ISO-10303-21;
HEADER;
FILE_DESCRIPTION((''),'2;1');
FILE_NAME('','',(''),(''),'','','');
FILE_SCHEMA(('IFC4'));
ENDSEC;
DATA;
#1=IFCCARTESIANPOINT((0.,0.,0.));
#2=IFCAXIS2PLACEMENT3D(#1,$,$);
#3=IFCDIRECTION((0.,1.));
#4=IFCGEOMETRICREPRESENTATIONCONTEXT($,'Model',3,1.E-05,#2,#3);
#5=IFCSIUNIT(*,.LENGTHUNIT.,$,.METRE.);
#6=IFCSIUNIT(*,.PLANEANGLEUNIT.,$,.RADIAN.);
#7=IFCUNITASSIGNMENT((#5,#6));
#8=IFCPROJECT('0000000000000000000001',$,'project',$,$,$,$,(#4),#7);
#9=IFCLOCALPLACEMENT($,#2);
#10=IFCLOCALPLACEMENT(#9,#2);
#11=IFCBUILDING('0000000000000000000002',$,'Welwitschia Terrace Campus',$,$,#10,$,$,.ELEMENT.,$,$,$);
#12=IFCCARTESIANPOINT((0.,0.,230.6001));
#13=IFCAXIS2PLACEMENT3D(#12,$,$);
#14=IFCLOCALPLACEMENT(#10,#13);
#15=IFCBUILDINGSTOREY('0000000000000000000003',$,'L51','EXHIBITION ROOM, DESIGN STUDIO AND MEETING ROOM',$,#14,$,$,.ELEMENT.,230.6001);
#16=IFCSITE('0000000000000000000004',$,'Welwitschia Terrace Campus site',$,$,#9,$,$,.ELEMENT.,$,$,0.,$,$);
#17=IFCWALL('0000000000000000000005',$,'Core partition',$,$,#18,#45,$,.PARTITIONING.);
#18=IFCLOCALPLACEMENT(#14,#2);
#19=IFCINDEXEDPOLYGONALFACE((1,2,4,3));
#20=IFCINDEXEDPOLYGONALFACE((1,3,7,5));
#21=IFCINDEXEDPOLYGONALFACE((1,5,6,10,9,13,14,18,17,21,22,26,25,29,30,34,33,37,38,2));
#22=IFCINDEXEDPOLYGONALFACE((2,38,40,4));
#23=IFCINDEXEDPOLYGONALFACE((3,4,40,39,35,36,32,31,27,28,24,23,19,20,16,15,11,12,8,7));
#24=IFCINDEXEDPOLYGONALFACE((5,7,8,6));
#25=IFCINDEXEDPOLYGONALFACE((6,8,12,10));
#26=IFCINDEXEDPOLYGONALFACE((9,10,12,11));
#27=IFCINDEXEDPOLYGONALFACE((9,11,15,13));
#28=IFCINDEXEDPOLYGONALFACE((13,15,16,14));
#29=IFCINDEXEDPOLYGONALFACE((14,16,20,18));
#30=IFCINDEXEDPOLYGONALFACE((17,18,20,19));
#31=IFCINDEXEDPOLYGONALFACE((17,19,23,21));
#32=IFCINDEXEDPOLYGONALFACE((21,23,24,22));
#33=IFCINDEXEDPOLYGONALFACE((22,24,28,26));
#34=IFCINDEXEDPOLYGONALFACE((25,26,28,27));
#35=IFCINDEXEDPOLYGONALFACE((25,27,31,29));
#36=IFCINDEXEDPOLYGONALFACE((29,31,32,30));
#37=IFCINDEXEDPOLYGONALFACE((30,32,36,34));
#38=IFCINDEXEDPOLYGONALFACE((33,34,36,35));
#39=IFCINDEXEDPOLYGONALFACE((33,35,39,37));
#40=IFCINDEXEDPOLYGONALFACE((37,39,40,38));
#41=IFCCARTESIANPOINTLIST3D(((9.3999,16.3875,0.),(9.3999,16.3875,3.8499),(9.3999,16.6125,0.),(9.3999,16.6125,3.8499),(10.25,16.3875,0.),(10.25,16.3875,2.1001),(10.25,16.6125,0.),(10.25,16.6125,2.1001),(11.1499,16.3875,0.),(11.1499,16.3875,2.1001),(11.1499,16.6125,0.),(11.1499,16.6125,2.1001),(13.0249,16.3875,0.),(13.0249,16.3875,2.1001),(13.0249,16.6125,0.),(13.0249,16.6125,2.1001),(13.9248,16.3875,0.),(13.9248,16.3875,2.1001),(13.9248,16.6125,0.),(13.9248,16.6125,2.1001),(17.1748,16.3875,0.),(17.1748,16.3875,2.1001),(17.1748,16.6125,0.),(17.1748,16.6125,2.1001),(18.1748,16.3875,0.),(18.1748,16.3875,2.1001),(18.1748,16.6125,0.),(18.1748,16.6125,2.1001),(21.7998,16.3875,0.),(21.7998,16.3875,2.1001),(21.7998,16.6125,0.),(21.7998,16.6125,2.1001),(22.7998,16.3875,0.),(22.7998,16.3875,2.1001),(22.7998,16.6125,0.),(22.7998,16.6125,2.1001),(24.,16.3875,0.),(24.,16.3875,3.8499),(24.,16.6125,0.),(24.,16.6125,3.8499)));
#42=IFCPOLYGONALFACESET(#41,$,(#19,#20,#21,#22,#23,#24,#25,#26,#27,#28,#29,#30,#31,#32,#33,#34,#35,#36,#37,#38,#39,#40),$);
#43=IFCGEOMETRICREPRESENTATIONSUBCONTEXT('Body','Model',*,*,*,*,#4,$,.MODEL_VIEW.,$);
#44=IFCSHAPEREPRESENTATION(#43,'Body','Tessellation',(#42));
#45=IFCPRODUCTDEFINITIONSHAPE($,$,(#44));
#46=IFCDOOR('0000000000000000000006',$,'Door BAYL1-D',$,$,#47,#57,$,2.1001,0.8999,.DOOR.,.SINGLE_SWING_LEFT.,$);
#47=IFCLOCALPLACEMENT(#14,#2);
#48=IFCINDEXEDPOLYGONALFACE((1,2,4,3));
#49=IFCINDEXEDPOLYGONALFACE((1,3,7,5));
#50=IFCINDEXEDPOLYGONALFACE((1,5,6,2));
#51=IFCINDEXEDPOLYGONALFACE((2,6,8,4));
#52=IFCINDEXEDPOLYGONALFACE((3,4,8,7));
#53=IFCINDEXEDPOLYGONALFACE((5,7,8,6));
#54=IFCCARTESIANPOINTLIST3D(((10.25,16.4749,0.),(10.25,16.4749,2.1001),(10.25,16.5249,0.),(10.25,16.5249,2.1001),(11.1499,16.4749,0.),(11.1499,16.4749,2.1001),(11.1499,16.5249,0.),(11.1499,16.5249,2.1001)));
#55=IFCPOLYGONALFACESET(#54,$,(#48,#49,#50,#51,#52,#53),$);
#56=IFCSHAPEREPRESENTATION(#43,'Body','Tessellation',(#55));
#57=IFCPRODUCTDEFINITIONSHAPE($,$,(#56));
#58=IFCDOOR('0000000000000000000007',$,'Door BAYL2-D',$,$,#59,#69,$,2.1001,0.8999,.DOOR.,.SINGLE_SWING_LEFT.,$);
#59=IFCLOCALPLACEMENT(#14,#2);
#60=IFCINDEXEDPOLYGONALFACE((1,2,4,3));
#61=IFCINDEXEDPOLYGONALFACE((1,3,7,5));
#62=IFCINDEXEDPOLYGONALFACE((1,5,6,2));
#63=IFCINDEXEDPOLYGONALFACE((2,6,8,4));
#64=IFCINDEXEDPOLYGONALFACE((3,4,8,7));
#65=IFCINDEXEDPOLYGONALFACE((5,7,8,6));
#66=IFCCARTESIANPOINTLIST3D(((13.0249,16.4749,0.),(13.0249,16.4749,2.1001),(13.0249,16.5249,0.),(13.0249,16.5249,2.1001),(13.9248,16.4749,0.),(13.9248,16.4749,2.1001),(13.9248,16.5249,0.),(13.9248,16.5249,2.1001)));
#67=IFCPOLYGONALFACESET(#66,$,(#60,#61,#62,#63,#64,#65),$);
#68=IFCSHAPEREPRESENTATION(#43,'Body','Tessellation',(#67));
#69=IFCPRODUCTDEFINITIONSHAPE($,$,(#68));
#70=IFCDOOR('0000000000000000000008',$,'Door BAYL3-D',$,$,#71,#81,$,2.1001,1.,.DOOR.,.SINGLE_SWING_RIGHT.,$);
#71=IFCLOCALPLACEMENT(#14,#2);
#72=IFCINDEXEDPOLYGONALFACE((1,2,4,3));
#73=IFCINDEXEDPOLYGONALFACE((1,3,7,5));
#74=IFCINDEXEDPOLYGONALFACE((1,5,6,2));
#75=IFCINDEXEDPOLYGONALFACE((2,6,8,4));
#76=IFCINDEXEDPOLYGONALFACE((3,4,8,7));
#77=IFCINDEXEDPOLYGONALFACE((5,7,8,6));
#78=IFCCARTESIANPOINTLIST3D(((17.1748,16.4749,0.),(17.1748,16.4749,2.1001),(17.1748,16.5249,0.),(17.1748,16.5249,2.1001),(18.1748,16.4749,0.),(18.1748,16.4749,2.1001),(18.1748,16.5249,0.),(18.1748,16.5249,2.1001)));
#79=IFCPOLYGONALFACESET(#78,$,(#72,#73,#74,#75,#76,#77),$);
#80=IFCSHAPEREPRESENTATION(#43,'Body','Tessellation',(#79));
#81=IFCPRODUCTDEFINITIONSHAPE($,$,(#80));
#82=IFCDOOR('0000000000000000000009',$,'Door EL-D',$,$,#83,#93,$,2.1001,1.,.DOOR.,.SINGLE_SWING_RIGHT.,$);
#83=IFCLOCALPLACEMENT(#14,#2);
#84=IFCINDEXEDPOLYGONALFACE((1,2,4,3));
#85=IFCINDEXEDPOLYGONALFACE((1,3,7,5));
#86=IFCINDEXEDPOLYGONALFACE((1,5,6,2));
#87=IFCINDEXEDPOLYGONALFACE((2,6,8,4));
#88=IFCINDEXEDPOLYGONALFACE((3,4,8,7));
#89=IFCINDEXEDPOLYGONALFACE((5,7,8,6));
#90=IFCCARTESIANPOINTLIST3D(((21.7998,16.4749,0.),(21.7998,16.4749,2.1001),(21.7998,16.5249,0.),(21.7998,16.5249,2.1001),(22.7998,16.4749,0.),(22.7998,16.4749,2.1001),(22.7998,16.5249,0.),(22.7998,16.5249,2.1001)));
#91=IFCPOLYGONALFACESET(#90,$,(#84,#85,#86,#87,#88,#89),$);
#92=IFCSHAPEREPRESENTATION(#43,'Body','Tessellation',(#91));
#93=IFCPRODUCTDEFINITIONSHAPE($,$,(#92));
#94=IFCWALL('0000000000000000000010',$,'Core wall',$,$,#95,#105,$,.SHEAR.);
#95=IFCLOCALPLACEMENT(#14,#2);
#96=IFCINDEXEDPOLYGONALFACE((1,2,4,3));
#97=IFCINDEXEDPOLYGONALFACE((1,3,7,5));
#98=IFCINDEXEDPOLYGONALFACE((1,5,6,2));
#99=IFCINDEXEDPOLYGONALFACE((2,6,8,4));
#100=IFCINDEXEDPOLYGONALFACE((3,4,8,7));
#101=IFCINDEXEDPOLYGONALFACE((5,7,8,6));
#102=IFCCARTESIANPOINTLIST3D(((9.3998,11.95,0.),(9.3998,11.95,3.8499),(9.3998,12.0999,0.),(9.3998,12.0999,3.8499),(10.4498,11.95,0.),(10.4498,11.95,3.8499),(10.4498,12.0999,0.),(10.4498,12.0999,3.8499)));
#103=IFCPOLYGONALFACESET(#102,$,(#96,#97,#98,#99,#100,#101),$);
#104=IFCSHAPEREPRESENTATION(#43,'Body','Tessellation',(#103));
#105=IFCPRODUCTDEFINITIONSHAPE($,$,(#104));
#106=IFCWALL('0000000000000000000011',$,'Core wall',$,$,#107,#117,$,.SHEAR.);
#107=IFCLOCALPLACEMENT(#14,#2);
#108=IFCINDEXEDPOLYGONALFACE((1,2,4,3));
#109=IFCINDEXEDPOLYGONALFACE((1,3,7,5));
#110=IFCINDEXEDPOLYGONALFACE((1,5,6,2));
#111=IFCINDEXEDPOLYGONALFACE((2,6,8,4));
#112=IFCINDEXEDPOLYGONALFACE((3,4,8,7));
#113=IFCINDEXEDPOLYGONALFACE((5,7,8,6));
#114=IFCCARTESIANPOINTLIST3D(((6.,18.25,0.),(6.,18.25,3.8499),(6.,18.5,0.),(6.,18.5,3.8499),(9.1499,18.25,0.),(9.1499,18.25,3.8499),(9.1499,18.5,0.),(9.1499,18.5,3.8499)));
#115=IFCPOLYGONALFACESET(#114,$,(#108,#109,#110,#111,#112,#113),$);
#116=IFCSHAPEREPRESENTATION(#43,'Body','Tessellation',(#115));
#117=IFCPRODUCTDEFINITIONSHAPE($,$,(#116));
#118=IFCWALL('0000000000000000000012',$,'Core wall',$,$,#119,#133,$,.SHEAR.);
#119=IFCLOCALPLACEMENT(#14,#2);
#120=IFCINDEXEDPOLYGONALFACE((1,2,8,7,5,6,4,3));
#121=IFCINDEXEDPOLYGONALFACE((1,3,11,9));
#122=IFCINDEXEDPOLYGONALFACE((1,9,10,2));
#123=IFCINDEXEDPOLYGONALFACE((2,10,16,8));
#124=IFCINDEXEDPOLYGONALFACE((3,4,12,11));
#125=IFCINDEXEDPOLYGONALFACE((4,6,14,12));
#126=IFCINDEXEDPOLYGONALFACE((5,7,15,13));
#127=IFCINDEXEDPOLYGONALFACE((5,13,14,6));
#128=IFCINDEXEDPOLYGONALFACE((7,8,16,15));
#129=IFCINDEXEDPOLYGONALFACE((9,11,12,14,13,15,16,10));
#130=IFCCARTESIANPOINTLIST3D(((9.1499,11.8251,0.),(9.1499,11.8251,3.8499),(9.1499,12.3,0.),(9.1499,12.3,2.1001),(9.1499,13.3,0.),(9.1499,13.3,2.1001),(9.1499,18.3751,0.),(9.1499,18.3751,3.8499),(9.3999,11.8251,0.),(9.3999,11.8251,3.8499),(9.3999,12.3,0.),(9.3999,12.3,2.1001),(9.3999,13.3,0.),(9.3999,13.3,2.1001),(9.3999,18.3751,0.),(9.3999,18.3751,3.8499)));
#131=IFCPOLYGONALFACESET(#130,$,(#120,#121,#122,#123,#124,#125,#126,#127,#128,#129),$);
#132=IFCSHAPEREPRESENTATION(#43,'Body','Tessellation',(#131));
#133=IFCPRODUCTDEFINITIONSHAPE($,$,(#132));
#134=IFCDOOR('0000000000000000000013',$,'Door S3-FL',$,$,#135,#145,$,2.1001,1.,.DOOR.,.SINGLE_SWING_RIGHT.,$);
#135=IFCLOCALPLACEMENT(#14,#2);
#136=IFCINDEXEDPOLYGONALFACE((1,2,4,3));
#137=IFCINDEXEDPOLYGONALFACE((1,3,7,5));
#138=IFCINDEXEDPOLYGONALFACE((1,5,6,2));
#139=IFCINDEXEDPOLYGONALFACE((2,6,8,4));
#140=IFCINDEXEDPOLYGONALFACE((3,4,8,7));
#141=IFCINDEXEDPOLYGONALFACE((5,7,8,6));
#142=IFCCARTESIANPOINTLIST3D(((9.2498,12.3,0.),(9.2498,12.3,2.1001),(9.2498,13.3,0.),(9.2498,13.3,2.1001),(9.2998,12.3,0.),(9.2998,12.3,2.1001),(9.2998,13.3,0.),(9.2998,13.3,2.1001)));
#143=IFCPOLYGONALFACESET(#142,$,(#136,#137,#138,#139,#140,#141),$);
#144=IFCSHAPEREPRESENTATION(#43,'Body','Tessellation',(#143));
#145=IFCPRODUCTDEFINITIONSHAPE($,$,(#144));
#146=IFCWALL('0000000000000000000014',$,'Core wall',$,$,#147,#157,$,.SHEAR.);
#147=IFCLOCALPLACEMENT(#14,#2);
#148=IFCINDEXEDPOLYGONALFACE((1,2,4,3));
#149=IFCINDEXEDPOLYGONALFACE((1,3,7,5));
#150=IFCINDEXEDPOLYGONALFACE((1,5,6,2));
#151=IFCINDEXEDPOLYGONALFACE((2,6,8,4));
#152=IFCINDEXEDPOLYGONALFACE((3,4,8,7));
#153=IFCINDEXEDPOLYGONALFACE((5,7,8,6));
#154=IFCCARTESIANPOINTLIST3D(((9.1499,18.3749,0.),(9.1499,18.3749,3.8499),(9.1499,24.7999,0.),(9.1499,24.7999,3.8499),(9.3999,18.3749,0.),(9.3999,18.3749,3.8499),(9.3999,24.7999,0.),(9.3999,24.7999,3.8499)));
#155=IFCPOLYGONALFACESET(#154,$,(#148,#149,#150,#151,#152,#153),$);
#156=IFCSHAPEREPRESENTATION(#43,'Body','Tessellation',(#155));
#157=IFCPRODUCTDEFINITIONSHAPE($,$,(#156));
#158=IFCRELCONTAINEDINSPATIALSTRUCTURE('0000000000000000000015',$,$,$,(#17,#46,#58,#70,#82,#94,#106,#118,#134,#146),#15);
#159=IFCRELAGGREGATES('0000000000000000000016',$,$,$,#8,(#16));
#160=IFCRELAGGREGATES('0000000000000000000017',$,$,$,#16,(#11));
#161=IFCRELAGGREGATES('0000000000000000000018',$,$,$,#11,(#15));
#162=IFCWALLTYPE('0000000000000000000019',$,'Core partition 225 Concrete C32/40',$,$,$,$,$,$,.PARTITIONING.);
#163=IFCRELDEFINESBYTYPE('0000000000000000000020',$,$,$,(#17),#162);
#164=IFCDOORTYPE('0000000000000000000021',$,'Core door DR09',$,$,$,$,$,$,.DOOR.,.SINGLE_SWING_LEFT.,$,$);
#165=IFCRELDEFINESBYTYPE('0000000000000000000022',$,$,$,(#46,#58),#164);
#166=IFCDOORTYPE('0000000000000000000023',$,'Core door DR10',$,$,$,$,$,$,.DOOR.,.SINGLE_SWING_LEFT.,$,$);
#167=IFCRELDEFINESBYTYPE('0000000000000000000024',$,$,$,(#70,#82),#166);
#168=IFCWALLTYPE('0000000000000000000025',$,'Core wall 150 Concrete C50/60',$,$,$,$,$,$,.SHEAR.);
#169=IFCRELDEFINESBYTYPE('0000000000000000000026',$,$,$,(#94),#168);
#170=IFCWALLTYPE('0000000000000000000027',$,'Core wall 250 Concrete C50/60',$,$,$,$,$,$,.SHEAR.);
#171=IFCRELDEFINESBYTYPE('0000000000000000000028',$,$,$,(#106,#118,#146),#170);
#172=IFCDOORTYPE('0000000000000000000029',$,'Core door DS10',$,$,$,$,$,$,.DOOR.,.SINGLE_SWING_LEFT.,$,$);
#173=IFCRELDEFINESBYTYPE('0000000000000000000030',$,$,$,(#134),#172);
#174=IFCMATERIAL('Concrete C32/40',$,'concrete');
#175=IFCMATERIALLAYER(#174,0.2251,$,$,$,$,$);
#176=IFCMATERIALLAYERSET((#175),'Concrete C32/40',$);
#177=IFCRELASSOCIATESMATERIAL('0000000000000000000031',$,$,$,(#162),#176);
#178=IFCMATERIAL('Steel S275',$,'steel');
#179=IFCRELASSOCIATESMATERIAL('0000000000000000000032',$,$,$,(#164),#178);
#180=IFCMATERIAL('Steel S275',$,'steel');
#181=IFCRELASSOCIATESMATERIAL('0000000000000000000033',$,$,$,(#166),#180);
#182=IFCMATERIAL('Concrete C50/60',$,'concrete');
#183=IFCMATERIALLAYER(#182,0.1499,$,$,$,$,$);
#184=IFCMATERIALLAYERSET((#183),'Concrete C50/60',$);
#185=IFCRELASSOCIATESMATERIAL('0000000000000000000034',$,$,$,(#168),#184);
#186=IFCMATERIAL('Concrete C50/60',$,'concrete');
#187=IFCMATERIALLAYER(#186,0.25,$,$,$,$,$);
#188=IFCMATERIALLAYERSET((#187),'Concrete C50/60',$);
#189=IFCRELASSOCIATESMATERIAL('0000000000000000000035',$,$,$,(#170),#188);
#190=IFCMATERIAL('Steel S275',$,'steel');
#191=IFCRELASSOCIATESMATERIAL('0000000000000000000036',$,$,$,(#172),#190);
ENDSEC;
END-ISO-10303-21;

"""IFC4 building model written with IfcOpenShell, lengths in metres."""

from ifc_helpers import new_model, si_unit, direction, frame, frame_2d, origin, place, context, subcontext, project, spatial, rectangle, extrude, material, layer, layer_set, type_object, element, fill, save


model = new_model("IFC4")

# Units and contexts
model_context = context("Model", 3, precision=1e-05, world=origin(), true_north=direction((0.0, 1.0)))
body_context = subcontext(model_context, "Body", "Model", "MODEL_VIEW")
ifc_project = project(units=[si_unit("LENGTHUNIT", "METRE"), si_unit("PLANEANGLEUNIT", "RADIAN")], contexts=[model_context])

# Site, building, storey
site_placement = place(None, origin())
site = spatial("IfcSite", under=ifc_project, at=site_placement, Name="Welwitschia Terrace Campus site", CompositionType="ELEMENT", RefElevation=0.0)
building_placement = place(site_placement, origin())
building = spatial("IfcBuilding", under=site, at=building_placement, Name="Welwitschia Terrace Campus", CompositionType="ELEMENT")
storey_placement = place(building_placement, frame((0.0, 0.0, 230.6001)))
storey = spatial("IfcBuildingStorey", under=building, at=storey_placement, Name="L51", Description="EXHIBITION ROOM, DESIGN STUDIO AND MEETING ROOM", CompositionType="ELEMENT", Elevation=230.6001)

# Shared definitions
ifc_material_1 = material(Name="Concrete C32/40", Category="concrete")
ifc_layer_1 = layer(ifc_material_1, 0.2251)
ifc_layer_set_1 = layer_set([ifc_layer_1], Name="Concrete C32/40")
wall_type_1 = type_object("IfcWallType", Name="Core partition 225 Concrete C32/40", PredefinedType="PARTITIONING", material=ifc_layer_set_1)

# Wall, openings, doors
wall_1_placement = place(storey_placement, frame((9.3999, 16.5, 0.0), z_axis=(0.0, 0.0, 1.0), x_axis=(1.0, 0.0, 0.0)))
wall_1 = element("IfcWall", 1, at=wall_1_placement, inside=storey, type_object=wall_type_1, Name="Core partition", PredefinedType="PARTITIONING", context=body_context, shape_type="SweptSolid", body=[
    extrude(rectangle(XDim=14.6001, YDim=0.2251, at=frame_2d((7.3, 0.0))), origin(), (0.0, 0.0, 1.0), 3.8499),
])
opening_1_placement = place(wall_1_placement, frame((0.8501, 0.0, 0.0)))
opening_1 = element("IfcOpeningElement", 2, at=opening_1_placement, cuts=wall_1, PredefinedType="OPENING", context=body_context, shape_type="SweptSolid", body=[
    extrude(rectangle(XDim=0.8999, YDim=2.1001, at=frame_2d((0.45, 1.05))), frame((0.0, 0.1226, 0.0), z_axis=(0.0, -1.0, 0.0), x_axis=(1.0, 0.0, 0.0)), (0.0, 0.0, 1.0), 0.2451),
])
opening_2_placement = place(wall_1_placement, frame((3.625, 0.0, 0.0)))
opening_2 = element("IfcOpeningElement", 3, at=opening_2_placement, cuts=wall_1, PredefinedType="OPENING", context=body_context, shape_type="SweptSolid", body=[
    extrude(rectangle(XDim=0.8999, YDim=2.1001, at=frame_2d((0.45, 1.05))), frame((0.0, 0.1226, 0.0), z_axis=(0.0, -1.0, 0.0), x_axis=(1.0, 0.0, 0.0)), (0.0, 0.0, 1.0), 0.2451),
])
opening_3_placement = place(wall_1_placement, frame((7.7749, 0.0, 0.0)))
opening_3 = element("IfcOpeningElement", 4, at=opening_3_placement, cuts=wall_1, PredefinedType="OPENING", context=body_context, shape_type="SweptSolid", body=[
    extrude(rectangle(XDim=1.0, YDim=2.1001, at=frame_2d((0.5, 1.05))), frame((0.0, 0.1226, 0.0), z_axis=(0.0, -1.0, 0.0), x_axis=(1.0, 0.0, 0.0)), (0.0, 0.0, 1.0), 0.2451),
])
opening_4_placement = place(wall_1_placement, frame((12.3999, 0.0, 0.0)))
opening_4 = element("IfcOpeningElement", 5, at=opening_4_placement, cuts=wall_1, PredefinedType="OPENING", context=body_context, shape_type="SweptSolid", body=[
    extrude(rectangle(XDim=1.0, YDim=2.1001, at=frame_2d((0.5, 1.05))), frame((0.0, 0.1226, 0.0), z_axis=(0.0, -1.0, 0.0), x_axis=(1.0, 0.0, 0.0)), (0.0, 0.0, 1.0), 0.2451),
])
ifc_material_2 = material(Name="Steel S275", Category="steel")
door_type_1 = type_object("IfcDoorType", Name="Core door DR09", OperationType="SINGLE_SWING_LEFT", PredefinedType="DOOR", material=ifc_material_2)
door_1_placement = place(opening_1_placement, origin())
door_1 = element("IfcDoor", 6, at=door_1_placement, inside=storey, type_object=door_type_1, Name="Door BAYL1-D", OperationType="SINGLE_SWING_LEFT", OverallHeight=2.1001, OverallWidth=0.8999, PredefinedType="DOOR", context=body_context, shape_type="SweptSolid", body=[
    extrude(rectangle(XDim=0.8999, YDim=2.1001, at=frame_2d((0.45, 1.05))), frame((0.0, 0.0249, 0.0), z_axis=(0.0, -1.0, 0.0), x_axis=(1.0, 0.0, 0.0)), (0.0, 0.0, 1.0), 0.05),
])
fill(opening_1, door_1)
door_2_placement = place(opening_2_placement, origin())
door_2 = element("IfcDoor", 7, at=door_2_placement, inside=storey, type_object=door_type_1, Name="Door BAYL2-D", OperationType="SINGLE_SWING_LEFT", OverallHeight=2.1001, OverallWidth=0.8999, PredefinedType="DOOR", context=body_context, shape_type="SweptSolid", body=[
    extrude(rectangle(XDim=0.8999, YDim=2.1001, at=frame_2d((0.45, 1.05))), frame((0.0, 0.0249, 0.0), z_axis=(0.0, -1.0, 0.0), x_axis=(1.0, 0.0, 0.0)), (0.0, 0.0, 1.0), 0.05),
])
fill(opening_2, door_2)
ifc_material_3 = material(Name="Steel S275", Category="steel")
door_type_2 = type_object("IfcDoorType", Name="Core door DR10", OperationType="SINGLE_SWING_LEFT", PredefinedType="DOOR", material=ifc_material_3)
door_3_placement = place(opening_3_placement, origin())
door_3 = element("IfcDoor", 8, at=door_3_placement, inside=storey, type_object=door_type_2, Name="Door BAYL3-D", OperationType="SINGLE_SWING_RIGHT", OverallHeight=2.1001, OverallWidth=1.0, PredefinedType="DOOR", context=body_context, shape_type="SweptSolid", body=[
    extrude(rectangle(XDim=1.0, YDim=2.1001, at=frame_2d((0.5, 1.05))), frame((0.0, 0.0249, 0.0), z_axis=(0.0, -1.0, 0.0), x_axis=(1.0, 0.0, 0.0)), (0.0, 0.0, 1.0), 0.05),
])
fill(opening_3, door_3)
door_4_placement = place(opening_4_placement, origin())
door_4 = element("IfcDoor", 9, at=door_4_placement, inside=storey, type_object=door_type_2, Name="Door EL-D", OperationType="SINGLE_SWING_RIGHT", OverallHeight=2.1001, OverallWidth=1.0, PredefinedType="DOOR", context=body_context, shape_type="SweptSolid", body=[
    extrude(rectangle(XDim=1.0, YDim=2.1001, at=frame_2d((0.5, 1.05))), frame((0.0, 0.0249, 0.0), z_axis=(0.0, -1.0, 0.0), x_axis=(1.0, 0.0, 0.0)), (0.0, 0.0, 1.0), 0.05),
])
fill(opening_4, door_4)

# Walls
ifc_material_4 = material(Name="Concrete C50/60", Category="concrete")
ifc_layer_2 = layer(ifc_material_4, 0.1499)
ifc_layer_set_2 = layer_set([ifc_layer_2], Name="Concrete C50/60")
wall_type_2 = type_object("IfcWallType", Name="Core wall 150 Concrete C50/60", PredefinedType="SHEAR", material=ifc_layer_set_2)
wall_2_placement = place(storey_placement, frame((9.3999, 12.0249, 0.0), z_axis=(0.0, 0.0, 1.0), x_axis=(1.0, 0.0, 0.0)))
element("IfcWall", 10, at=wall_2_placement, inside=storey, type_object=wall_type_2, Name="Core wall", PredefinedType="SHEAR", context=body_context, shape_type="SweptSolid", body=[
    extrude(rectangle(XDim=1.05, YDim=0.1499, at=frame_2d((0.5249, 0.0))), origin(), (0.0, 0.0, 1.0), 3.8499),
])
ifc_material_5 = material(Name="Concrete C50/60", Category="concrete")
ifc_layer_3 = layer(ifc_material_5, 0.25)
ifc_layer_set_3 = layer_set([ifc_layer_3], Name="Concrete C50/60")
wall_type_3 = type_object("IfcWallType", Name="Core wall 250 Concrete C50/60", PredefinedType="SHEAR", material=ifc_layer_set_3)
wall_3_placement = place(storey_placement, frame((6.0, 18.375, 0.0), z_axis=(0.0, 0.0, 1.0), x_axis=(1.0, 0.0, 0.0)))
element("IfcWall", 11, at=wall_3_placement, inside=storey, type_object=wall_type_3, Name="Core wall", PredefinedType="SHEAR", context=body_context, shape_type="SweptSolid", body=[
    extrude(rectangle(XDim=3.1499, YDim=0.25, at=frame_2d((1.575, 0.0))), origin(), (0.0, 0.0, 1.0), 3.8499),
])

# Wall, opening, door
wall_4_placement = place(storey_placement, frame((9.2749, 18.375, 0.0), z_axis=(0.0, 0.0, 1.0), x_axis=(0.0, -1.0, 0.0)))
wall_4 = element("IfcWall", 12, at=wall_4_placement, inside=storey, type_object=wall_type_3, Name="Core wall", PredefinedType="SHEAR", context=body_context, shape_type="SweptSolid", body=[
    extrude(rectangle(XDim=6.55, YDim=0.25, at=frame_2d((3.2749, 0.0))), origin(), (0.0, 0.0, 1.0), 3.8499),
])
opening_5_placement = place(wall_4_placement, frame((5.075, 0.0, 0.0)))
opening_5 = element("IfcOpeningElement", 13, at=opening_5_placement, cuts=wall_4, PredefinedType="OPENING", context=body_context, shape_type="SweptSolid", body=[
    extrude(rectangle(XDim=1.0, YDim=2.1001, at=frame_2d((0.5, 1.05))), frame((0.0, 0.135, 0.0), z_axis=(0.0, -1.0, 0.0), x_axis=(1.0, 0.0, 0.0)), (0.0, 0.0, 1.0), 0.27),
])
ifc_material_6 = material(Name="Steel S275", Category="steel")
door_type_3 = type_object("IfcDoorType", Name="Core door DS10", OperationType="SINGLE_SWING_LEFT", PredefinedType="DOOR", material=ifc_material_6)
door_5_placement = place(opening_5_placement, origin())
door_5 = element("IfcDoor", 14, at=door_5_placement, inside=storey, type_object=door_type_3, Name="Door S3-FL", OperationType="SINGLE_SWING_RIGHT", OverallHeight=2.1001, OverallWidth=1.0, PredefinedType="DOOR", context=body_context, shape_type="SweptSolid", body=[
    extrude(rectangle(XDim=1.0, YDim=2.1001, at=frame_2d((0.5, 1.05))), frame((0.0, 0.0249, 0.0), z_axis=(0.0, -1.0, 0.0), x_axis=(1.0, 0.0, 0.0)), (0.0, 0.0, 1.0), 0.05),
])
fill(opening_5, door_5)

# Wall
wall_5_placement = place(storey_placement, frame((9.2749, 18.375, 0.0), z_axis=(0.0, 0.0, 1.0), x_axis=(0.0, 1.0, 0.0)))
element("IfcWall", 15, at=wall_5_placement, inside=storey, type_object=wall_type_3, Name="Core wall", PredefinedType="SHEAR", context=body_context, shape_type="SweptSolid", body=[
    extrude(rectangle(XDim=6.425, YDim=0.25, at=frame_2d((3.2124, 0.0))), origin(), (0.0, 0.0, 1.0), 3.8499),
])

save(model, "model.ifc")
